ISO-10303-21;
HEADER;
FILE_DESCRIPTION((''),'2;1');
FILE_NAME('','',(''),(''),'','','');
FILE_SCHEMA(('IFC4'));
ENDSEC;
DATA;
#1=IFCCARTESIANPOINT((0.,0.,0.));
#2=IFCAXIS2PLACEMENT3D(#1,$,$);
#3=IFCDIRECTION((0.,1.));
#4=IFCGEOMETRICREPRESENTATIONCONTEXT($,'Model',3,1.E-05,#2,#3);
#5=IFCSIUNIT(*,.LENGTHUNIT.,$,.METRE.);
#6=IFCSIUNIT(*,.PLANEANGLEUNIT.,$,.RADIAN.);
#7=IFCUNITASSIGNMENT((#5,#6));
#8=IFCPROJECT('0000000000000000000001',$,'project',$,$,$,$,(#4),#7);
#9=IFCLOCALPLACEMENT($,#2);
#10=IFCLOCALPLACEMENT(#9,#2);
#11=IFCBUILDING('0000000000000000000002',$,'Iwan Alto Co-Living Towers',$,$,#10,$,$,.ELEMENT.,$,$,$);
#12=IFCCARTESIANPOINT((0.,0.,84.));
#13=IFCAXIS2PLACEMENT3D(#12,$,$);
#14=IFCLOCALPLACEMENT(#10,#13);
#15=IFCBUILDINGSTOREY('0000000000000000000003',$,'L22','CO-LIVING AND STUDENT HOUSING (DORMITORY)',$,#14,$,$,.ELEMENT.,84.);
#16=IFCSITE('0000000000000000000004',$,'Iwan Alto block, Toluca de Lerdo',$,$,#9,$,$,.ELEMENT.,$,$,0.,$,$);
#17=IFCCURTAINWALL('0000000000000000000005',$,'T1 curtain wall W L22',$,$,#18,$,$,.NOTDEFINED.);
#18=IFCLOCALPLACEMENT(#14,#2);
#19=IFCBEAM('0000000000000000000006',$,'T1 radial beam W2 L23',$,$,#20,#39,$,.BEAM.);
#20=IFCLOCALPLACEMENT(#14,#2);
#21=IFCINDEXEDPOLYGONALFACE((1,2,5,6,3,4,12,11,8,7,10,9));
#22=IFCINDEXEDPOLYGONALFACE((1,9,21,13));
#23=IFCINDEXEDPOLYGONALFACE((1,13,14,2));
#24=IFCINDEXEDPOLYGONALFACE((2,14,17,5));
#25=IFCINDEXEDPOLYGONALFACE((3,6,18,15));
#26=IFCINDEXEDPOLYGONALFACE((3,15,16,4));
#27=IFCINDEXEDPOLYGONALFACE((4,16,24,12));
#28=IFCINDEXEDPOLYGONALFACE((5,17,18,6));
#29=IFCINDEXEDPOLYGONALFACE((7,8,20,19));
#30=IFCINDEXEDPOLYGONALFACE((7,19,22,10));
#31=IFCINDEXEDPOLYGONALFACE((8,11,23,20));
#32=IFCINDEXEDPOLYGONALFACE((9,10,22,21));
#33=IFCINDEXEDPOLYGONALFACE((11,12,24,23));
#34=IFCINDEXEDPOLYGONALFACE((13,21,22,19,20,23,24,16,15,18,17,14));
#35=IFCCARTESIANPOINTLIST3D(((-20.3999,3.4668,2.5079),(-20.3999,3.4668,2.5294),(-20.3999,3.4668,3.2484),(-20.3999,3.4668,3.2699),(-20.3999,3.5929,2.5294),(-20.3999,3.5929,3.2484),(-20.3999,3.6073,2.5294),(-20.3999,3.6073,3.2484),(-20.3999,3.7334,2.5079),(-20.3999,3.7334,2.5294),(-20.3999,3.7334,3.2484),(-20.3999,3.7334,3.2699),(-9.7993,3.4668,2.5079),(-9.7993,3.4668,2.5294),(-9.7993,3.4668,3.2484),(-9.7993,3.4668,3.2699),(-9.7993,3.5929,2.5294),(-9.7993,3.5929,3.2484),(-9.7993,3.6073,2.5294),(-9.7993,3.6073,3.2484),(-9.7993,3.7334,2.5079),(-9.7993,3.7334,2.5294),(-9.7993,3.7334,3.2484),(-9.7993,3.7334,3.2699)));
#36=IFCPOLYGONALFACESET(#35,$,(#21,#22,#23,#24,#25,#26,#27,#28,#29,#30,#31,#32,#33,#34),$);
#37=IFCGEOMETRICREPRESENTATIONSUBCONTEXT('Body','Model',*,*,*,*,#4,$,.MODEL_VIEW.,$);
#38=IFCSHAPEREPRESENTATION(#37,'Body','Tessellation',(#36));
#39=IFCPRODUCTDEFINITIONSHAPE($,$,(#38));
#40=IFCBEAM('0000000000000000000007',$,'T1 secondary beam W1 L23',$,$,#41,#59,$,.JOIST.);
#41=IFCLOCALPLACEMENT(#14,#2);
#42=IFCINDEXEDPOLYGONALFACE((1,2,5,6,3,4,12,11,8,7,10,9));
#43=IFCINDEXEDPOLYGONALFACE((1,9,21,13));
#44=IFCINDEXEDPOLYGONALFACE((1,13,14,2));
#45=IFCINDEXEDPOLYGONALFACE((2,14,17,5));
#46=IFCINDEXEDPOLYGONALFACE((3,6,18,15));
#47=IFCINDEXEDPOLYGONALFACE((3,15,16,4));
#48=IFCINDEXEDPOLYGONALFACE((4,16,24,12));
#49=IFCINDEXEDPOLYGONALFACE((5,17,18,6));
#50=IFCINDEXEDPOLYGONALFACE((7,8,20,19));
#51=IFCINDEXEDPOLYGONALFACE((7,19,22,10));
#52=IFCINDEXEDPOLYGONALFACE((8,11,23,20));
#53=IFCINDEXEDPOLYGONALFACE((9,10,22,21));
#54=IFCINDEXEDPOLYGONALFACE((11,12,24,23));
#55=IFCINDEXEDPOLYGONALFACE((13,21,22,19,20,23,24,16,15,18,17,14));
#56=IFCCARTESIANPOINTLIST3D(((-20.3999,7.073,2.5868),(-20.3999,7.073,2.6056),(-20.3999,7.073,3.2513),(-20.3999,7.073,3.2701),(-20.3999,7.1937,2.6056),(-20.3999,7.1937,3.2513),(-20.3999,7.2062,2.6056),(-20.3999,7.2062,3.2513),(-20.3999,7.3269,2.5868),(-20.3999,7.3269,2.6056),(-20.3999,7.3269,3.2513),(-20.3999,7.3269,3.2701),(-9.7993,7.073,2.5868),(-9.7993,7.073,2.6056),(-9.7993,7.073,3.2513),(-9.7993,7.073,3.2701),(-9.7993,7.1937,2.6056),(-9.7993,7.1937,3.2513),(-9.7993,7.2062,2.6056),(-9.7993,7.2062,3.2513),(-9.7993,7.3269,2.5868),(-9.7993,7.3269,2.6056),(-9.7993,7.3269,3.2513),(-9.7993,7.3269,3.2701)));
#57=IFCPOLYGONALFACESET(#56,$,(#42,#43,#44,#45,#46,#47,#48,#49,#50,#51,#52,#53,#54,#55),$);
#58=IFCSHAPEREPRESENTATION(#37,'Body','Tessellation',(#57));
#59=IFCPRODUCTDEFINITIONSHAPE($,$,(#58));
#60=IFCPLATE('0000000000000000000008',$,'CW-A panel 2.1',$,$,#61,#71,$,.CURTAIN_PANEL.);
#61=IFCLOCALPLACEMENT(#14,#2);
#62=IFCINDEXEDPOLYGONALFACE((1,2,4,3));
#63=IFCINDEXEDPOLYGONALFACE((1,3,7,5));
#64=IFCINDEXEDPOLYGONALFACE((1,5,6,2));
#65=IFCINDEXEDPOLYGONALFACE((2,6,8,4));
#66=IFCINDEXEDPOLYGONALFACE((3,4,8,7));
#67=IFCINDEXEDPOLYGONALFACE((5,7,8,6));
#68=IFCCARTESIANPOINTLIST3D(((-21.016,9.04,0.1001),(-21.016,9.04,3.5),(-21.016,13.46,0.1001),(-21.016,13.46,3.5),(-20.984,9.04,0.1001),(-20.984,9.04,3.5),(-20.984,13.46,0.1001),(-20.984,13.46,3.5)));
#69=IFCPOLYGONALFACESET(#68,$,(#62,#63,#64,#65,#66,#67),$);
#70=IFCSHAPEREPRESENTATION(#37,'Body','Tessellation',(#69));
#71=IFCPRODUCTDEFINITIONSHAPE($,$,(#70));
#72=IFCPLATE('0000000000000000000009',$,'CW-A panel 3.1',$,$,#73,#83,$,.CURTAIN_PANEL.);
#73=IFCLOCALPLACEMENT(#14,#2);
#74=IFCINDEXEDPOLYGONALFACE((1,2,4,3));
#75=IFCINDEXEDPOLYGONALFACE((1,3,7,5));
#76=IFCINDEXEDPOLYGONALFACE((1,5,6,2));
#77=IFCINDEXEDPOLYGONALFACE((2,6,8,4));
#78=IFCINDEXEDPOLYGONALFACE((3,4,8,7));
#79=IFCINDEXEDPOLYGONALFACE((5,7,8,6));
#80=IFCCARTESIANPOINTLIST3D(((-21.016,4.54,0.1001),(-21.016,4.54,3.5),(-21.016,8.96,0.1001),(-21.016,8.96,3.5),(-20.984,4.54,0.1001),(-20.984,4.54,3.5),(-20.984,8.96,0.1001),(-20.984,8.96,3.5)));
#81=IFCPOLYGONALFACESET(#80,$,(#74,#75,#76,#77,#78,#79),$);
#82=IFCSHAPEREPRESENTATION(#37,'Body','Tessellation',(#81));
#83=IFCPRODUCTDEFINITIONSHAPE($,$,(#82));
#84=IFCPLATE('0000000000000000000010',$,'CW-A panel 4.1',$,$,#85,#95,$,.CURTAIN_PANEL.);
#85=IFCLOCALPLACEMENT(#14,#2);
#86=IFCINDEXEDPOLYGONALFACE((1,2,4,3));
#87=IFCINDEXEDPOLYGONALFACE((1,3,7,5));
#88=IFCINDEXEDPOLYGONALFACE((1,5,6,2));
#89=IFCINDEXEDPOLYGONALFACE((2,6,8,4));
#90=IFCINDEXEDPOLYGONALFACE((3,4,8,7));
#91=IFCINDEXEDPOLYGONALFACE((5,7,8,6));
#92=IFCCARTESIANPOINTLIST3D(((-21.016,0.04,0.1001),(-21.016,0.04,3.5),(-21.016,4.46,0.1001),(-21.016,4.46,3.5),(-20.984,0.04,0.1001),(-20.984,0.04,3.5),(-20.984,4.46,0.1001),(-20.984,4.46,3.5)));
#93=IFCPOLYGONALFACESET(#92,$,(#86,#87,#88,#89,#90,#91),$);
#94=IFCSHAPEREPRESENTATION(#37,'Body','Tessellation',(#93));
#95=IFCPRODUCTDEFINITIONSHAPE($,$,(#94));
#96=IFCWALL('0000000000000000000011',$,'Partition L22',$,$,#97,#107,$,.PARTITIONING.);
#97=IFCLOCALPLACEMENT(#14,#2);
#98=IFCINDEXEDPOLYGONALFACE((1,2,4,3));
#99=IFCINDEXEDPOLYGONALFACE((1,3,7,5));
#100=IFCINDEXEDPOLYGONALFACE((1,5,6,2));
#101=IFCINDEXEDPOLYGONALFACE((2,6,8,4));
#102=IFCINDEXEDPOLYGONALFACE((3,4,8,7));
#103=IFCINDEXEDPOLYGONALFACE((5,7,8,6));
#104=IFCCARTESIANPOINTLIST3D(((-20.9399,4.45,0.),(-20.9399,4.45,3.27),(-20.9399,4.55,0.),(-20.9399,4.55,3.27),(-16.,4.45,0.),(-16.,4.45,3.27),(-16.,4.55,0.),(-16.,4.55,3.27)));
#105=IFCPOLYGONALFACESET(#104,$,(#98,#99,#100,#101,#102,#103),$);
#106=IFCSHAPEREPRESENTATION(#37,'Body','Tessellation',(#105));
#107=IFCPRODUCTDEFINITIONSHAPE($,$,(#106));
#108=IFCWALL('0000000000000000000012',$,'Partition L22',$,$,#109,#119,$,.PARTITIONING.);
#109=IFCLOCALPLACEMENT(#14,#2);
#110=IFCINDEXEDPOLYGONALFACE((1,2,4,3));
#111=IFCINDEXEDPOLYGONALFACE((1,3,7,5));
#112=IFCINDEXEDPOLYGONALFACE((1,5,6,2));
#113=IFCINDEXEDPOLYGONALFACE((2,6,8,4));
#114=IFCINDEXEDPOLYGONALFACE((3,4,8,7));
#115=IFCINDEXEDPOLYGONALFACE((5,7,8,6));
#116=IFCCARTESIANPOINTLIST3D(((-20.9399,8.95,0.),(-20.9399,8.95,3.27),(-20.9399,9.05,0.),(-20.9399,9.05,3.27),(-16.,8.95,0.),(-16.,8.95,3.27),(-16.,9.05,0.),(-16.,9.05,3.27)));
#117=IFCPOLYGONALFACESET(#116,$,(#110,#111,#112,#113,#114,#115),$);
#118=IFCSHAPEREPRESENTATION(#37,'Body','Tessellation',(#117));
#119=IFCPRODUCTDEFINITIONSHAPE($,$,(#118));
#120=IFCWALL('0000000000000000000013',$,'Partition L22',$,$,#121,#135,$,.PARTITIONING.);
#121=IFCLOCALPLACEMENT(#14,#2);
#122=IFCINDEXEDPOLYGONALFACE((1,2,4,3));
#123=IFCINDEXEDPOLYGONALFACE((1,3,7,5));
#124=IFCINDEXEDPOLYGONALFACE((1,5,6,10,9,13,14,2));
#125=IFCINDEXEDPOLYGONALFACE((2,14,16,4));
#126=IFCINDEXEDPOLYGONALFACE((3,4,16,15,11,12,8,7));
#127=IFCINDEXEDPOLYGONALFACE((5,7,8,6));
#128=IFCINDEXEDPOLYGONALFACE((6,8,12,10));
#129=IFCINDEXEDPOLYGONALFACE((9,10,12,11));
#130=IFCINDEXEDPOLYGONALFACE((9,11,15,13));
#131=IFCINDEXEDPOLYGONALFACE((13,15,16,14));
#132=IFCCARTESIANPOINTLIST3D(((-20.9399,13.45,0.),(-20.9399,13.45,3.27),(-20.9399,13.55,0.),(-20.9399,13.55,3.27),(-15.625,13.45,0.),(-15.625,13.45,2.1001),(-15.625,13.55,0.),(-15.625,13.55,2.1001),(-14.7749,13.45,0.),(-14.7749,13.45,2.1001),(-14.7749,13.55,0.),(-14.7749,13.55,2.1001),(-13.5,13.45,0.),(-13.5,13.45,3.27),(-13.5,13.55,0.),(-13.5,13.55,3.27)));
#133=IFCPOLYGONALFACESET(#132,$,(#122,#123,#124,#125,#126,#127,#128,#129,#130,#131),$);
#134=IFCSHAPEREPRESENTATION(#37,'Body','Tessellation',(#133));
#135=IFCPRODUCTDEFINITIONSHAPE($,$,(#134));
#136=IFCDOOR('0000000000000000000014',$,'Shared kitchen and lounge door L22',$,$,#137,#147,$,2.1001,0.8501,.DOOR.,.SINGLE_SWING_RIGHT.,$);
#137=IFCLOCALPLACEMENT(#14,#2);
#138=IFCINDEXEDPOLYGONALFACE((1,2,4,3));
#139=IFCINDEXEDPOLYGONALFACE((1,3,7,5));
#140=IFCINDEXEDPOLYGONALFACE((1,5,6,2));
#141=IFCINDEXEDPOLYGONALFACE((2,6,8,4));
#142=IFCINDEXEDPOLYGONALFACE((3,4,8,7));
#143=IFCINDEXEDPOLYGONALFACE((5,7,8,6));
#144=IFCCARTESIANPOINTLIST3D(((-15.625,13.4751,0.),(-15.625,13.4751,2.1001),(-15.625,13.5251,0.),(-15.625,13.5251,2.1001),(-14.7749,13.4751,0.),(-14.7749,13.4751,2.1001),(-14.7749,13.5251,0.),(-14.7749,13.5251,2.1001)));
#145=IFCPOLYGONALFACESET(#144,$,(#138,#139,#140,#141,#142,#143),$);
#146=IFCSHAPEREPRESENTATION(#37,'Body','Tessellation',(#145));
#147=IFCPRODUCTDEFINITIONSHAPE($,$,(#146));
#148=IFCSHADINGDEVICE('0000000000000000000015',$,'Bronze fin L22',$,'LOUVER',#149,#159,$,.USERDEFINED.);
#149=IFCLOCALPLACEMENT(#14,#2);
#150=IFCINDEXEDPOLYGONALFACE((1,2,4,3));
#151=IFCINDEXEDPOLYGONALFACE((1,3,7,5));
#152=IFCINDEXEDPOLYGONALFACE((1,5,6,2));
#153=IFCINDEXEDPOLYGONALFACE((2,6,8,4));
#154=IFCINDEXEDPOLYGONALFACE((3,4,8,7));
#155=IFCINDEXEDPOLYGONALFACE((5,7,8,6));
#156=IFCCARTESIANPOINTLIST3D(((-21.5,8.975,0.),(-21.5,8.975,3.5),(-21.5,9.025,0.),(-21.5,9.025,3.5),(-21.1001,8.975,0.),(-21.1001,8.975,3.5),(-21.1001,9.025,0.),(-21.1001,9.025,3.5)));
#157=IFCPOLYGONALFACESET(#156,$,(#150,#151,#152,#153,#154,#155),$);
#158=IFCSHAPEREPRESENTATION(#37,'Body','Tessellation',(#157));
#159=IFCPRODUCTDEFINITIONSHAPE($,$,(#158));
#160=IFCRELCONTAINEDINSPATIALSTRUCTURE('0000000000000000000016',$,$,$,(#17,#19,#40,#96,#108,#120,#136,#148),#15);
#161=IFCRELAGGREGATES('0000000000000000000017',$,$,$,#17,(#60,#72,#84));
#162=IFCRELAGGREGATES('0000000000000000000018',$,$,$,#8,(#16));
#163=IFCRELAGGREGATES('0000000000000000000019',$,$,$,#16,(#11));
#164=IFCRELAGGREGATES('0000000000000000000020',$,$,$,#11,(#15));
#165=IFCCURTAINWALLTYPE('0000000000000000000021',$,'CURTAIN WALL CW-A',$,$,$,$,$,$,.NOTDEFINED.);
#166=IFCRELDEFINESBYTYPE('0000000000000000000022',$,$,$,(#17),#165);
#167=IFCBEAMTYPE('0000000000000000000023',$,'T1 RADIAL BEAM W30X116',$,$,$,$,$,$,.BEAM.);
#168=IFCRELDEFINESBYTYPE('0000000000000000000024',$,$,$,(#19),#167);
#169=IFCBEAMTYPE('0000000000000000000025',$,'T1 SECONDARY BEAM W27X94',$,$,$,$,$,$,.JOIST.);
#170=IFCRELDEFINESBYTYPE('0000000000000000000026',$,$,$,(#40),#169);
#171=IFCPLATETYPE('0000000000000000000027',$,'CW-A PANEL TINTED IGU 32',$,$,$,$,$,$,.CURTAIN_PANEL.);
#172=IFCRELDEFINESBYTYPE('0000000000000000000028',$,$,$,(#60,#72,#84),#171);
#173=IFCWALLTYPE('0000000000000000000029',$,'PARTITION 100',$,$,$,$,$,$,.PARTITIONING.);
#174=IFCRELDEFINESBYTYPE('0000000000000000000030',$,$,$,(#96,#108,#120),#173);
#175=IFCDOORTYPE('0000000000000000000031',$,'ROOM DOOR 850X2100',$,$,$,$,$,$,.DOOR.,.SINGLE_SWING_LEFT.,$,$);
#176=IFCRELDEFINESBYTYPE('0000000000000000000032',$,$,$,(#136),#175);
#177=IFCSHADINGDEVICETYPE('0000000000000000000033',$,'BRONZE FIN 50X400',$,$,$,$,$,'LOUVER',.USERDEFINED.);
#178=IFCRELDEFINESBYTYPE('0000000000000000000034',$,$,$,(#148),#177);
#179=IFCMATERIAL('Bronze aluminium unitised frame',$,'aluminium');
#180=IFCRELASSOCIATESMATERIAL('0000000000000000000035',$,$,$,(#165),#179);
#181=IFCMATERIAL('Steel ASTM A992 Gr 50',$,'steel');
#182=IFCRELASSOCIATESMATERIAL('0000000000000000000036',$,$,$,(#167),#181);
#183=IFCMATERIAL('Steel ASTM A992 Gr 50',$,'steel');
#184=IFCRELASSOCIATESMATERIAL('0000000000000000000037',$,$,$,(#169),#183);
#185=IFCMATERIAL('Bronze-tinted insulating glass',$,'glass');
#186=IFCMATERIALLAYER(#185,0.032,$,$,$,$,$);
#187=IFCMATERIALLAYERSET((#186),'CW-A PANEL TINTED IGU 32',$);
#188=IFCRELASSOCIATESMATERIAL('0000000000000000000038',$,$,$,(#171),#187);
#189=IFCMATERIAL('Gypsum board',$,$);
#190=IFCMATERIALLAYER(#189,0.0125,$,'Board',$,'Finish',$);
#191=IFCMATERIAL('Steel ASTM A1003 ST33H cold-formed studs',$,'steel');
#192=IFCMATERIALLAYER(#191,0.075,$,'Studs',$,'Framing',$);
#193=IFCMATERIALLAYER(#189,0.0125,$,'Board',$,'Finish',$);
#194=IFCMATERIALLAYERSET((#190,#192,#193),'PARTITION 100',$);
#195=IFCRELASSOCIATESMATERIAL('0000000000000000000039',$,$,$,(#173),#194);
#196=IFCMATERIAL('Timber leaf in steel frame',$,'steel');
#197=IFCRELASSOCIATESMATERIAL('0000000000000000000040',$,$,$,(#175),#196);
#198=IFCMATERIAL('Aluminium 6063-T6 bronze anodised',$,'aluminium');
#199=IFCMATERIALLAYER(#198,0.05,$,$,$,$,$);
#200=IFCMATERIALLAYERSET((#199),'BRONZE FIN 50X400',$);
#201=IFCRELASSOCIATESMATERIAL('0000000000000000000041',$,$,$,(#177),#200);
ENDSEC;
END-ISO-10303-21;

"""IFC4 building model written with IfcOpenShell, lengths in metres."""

from ifc_helpers import new_model, si_unit, direction, frame, frame_2d, origin, origin_2d, place, context, subcontext, project, spatial, rectangle, i_section, extrude, material, layer, layer_set, material_profile, profile_set, type_object, element, fill, aggregate, save


model = new_model("IFC4")

# Units and contexts
model_context = context("Model", 3, precision=1e-05, world=origin(), true_north=direction((0.0, 1.0)))
body_context = subcontext(model_context, "Body", "Model", "MODEL_VIEW")
ifc_project = project(units=[si_unit("LENGTHUNIT", "METRE"), si_unit("PLANEANGLEUNIT", "RADIAN")], contexts=[model_context])

# Site, building, storey
site_placement = place(None, origin())
site = spatial("IfcSite", under=ifc_project, at=site_placement, Name="Iwan Alto block, Toluca de Lerdo", CompositionType="ELEMENT", RefElevation=0.0)
building_placement = place(site_placement, origin())
building = spatial("IfcBuilding", under=site, at=building_placement, Name="Iwan Alto Co-Living Towers", CompositionType="ELEMENT")
storey_placement = place(building_placement, frame((0.0, 0.0, 84.0)))
storey = spatial("IfcBuildingStorey", under=building, at=storey_placement, Name="L22", Description="CO-LIVING AND STUDENT HOUSING (DORMITORY)", CompositionType="ELEMENT", Elevation=84.0)

# Curtain wall
ifc_material_1 = material(Name="Bronze aluminium unitised frame", Category="aluminium")
curtain_wall_type = type_object("IfcCurtainWallType", Name="CURTAIN WALL CW-A", PredefinedType="NOTDEFINED", material=ifc_material_1)
curtain_wall_placement = place(storey_placement, origin())
curtain_wall = element("IfcCurtainWall", 1, at=curtain_wall_placement, inside=storey, type_object=curtain_wall_type, Name="T1 curtain wall W L22", PredefinedType="NOTDEFINED")

# Beams
ifc_material_2 = material(Name="Steel ASTM A992 Gr 50", Category="steel")
ifc_material_profile_1 = material_profile(ifc_material_2, i_section(OverallWidth=0.2666, OverallDepth=0.762, WebThickness=0.0144, FlangeThickness=0.0215, at=origin_2d()), Name="W30X116")
ifc_profile_set_1 = profile_set([ifc_material_profile_1], Name="Steel ASTM A992 Gr 50")
beam_type_1 = type_object("IfcBeamType", Name="T1 RADIAL BEAM W30X116", PredefinedType="BEAM", material=ifc_profile_set_1)
beam_1_placement = place(storey_placement, frame((-20.3999, 3.6001, 2.8889), z_axis=(1.0, 0.0, 0.0), x_axis=(0.0, 1.0, 0.0)))
element("IfcBeam", 2, at=beam_1_placement, inside=storey, type_object=beam_type_1, Name="T1 radial beam W2 L23", PredefinedType="BEAM", context=body_context, shape_type="SweptSolid", body=[
    extrude(i_section(OverallWidth=0.2666, OverallDepth=0.762, WebThickness=0.0144, FlangeThickness=0.0215, at=origin_2d()), origin(), (0.0, 0.0, 1.0), 10.6006),
])
ifc_material_3 = material(Name="Steel ASTM A992 Gr 50", Category="steel")
ifc_material_profile_2 = material_profile(ifc_material_3, i_section(OverallWidth=0.2539, OverallDepth=0.6833, WebThickness=0.0125, FlangeThickness=0.0188, at=origin_2d()), Name="W27X94")
ifc_profile_set_2 = profile_set([ifc_material_profile_2], Name="Steel ASTM A992 Gr 50")
beam_type_2 = type_object("IfcBeamType", Name="T1 SECONDARY BEAM W27X94", PredefinedType="JOIST", material=ifc_profile_set_2)
beam_2_placement = place(storey_placement, frame((-20.3999, 7.2, 2.9285), z_axis=(1.0, 0.0, 0.0), x_axis=(0.0, 1.0, 0.0)))
element("IfcBeam", 3, at=beam_2_placement, inside=storey, type_object=beam_type_2, Name="T1 secondary beam W1 L23", PredefinedType="JOIST", context=body_context, shape_type="SweptSolid", body=[
    extrude(i_section(OverallWidth=0.2539, OverallDepth=0.6833, WebThickness=0.0125, FlangeThickness=0.0188, at=origin_2d()), origin(), (0.0, 0.0, 1.0), 10.6006),
])

# Plates
ifc_material_4 = material(Name="Bronze-tinted insulating glass", Category="glass")
ifc_layer_1 = layer(ifc_material_4, 0.032)
ifc_layer_set_1 = layer_set([ifc_layer_1], Name="CW-A PANEL TINTED IGU 32")
plate_type = type_object("IfcPlateType", Name="CW-A PANEL TINTED IGU 32", PredefinedType="CURTAIN_PANEL", material=ifc_layer_set_1)
plate_1_placement = place(storey_placement, frame((-21.0, 11.25, 0.1001), z_axis=(0.0, 0.0, 1.0), x_axis=(0.0, -1.0, 0.0)))
plate_1 = element("IfcPlate", 4, at=plate_1_placement, type_object=plate_type, Name="CW-A panel 2.1", PredefinedType="CURTAIN_PANEL", context=body_context, shape_type="SweptSolid", body=[
    extrude(rectangle(XDim=4.4199, YDim=0.032, at=origin_2d()), origin(), (0.0, 0.0, 1.0), 3.3999),
])
plate_2_placement = place(storey_placement, frame((-21.0, 6.75, 0.1001), z_axis=(0.0, 0.0, 1.0), x_axis=(0.0, -1.0, 0.0)))
plate_2 = element("IfcPlate", 5, at=plate_2_placement, type_object=plate_type, Name="CW-A panel 3.1", PredefinedType="CURTAIN_PANEL", context=body_context, shape_type="SweptSolid", body=[
    extrude(rectangle(XDim=4.4199, YDim=0.032, at=origin_2d()), origin(), (0.0, 0.0, 1.0), 3.3999),
])
plate_3_placement = place(storey_placement, frame((-21.0, 2.25, 0.1001), z_axis=(0.0, 0.0, 1.0), x_axis=(0.0, -1.0, 0.0)))
plate_3 = element("IfcPlate", 6, at=plate_3_placement, type_object=plate_type, Name="CW-A panel 4.1", PredefinedType="CURTAIN_PANEL", context=body_context, shape_type="SweptSolid", body=[
    extrude(rectangle(XDim=4.4199, YDim=0.032, at=origin_2d()), origin(), (0.0, 0.0, 1.0), 3.3999),
])
aggregate(curtain_wall, [plate_1, plate_2, plate_3])

# Walls
ifc_material_5 = material(Name="Gypsum board")
ifc_layer_2 = layer(ifc_material_5, 0.0125, Name="Board", Category="Finish")
ifc_material_6 = material(Name="Steel ASTM A1003 ST33H cold-formed studs", Category="steel")
ifc_layer_3 = layer(ifc_material_6, 0.075, Name="Studs", Category="Framing")
ifc_layer_4 = layer(ifc_material_5, 0.0125, Name="Board", Category="Finish")
ifc_layer_set_2 = layer_set([ifc_layer_2, ifc_layer_3, ifc_layer_4], Name="PARTITION 100")
wall_type = type_object("IfcWallType", Name="PARTITION 100", PredefinedType="PARTITIONING", material=ifc_layer_set_2)
for number, where, z_axis, x_axis, name in (
    (7, (-20.9399, 4.5, 0.0), (0.0, 0.0, 1.0), (1.0, 0.0, 0.0), "Partition L22"),
    (8, (-20.9399, 9.0, 0.0), (0.0, 0.0, 1.0), (1.0, 0.0, 0.0), "Partition L22"),
):
    element("IfcWall", number, at=place(storey_placement, frame(where, z_axis=z_axis, x_axis=x_axis)), inside=storey, type_object=wall_type, Name=name, PredefinedType="PARTITIONING", context=body_context, shape_type="SweptSolid", body=[
        extrude(rectangle(XDim=4.9399, YDim=0.1001, at=frame_2d((2.47, 0.0))), origin(), (0.0, 0.0, 1.0), 3.27),
    ])

# Wall, opening, door
wall_placement = place(storey_placement, frame((-20.9399, 13.5, 0.0), z_axis=(0.0, 0.0, 1.0), x_axis=(1.0, 0.0, 0.0)))
wall = element("IfcWall", 9, at=wall_placement, inside=storey, type_object=wall_type, Name="Partition L22", PredefinedType="PARTITIONING", context=body_context, shape_type="SweptSolid", body=[
    extrude(rectangle(XDim=7.4399, YDim=0.1001, at=frame_2d((3.72, 0.0))), origin(), (0.0, 0.0, 1.0), 3.27),
])
opening_placement = place(wall_placement, frame((5.3149, 0.0, 0.0)))
opening = element("IfcOpeningElement", 10, at=opening_placement, cuts=wall, PredefinedType="OPENING", context=body_context, shape_type="SweptSolid", body=[
    extrude(rectangle(XDim=0.8501, YDim=2.1001, at=frame_2d((0.425, 1.05))), frame((0.0, 0.0601, 0.0), z_axis=(0.0, -1.0, 0.0), x_axis=(1.0, 0.0, 0.0)), (0.0, 0.0, 1.0), 0.1201),
])
ifc_material_7 = material(Name="Timber leaf in steel frame", Category="steel")
door_type = type_object("IfcDoorType", Name="ROOM DOOR 850X2100", OperationType="SINGLE_SWING_LEFT", PredefinedType="DOOR", material=ifc_material_7)
door_placement = place(opening_placement, frame((0.8501, 0.0, 0.0), z_axis=(0.0, 0.0, 1.0), x_axis=(-1.0, 0.0, 0.0)))
door = element("IfcDoor", 11, at=door_placement, inside=storey, type_object=door_type, Name="Shared kitchen and lounge door L22", OperationType="SINGLE_SWING_RIGHT", OverallHeight=2.1001, OverallWidth=0.8501, PredefinedType="DOOR", context=body_context, shape_type="SweptSolid", body=[
    extrude(rectangle(XDim=0.8501, YDim=2.1001, at=frame_2d((0.425, 1.05))), frame((0.0, 0.0249, 0.0), z_axis=(0.0, -1.0, 0.0), x_axis=(1.0, 0.0, 0.0)), (0.0, 0.0, 1.0), 0.05),
])
fill(opening, door)

# Shading device
ifc_material_8 = material(Name="Aluminium 6063-T6 bronze anodised", Category="aluminium")
ifc_layer_5 = layer(ifc_material_8, 0.05)
ifc_layer_set_3 = layer_set([ifc_layer_5], Name="BRONZE FIN 50X400")
shading_device_type = type_object("IfcShadingDeviceType", Name="BRONZE FIN 50X400", ElementType="LOUVER", PredefinedType="USERDEFINED", material=ifc_layer_set_3)
shading_device_placement = place(storey_placement, frame((-21.3, 9.0, 0.0), z_axis=(0.0, 0.0, 1.0), x_axis=(0.0, -1.0, 0.0)))
element("IfcShadingDevice", 12, at=shading_device_placement, inside=storey, type_object=shading_device_type, Name="Bronze fin L22", ObjectType="LOUVER", PredefinedType="USERDEFINED", context=body_context, shape_type="SweptSolid", body=[
    extrude(rectangle(XDim=0.05, YDim=0.3999, at=origin_2d()), origin(), (0.0, 0.0, 1.0), 3.5),
])

save(model, "model.ifc")
